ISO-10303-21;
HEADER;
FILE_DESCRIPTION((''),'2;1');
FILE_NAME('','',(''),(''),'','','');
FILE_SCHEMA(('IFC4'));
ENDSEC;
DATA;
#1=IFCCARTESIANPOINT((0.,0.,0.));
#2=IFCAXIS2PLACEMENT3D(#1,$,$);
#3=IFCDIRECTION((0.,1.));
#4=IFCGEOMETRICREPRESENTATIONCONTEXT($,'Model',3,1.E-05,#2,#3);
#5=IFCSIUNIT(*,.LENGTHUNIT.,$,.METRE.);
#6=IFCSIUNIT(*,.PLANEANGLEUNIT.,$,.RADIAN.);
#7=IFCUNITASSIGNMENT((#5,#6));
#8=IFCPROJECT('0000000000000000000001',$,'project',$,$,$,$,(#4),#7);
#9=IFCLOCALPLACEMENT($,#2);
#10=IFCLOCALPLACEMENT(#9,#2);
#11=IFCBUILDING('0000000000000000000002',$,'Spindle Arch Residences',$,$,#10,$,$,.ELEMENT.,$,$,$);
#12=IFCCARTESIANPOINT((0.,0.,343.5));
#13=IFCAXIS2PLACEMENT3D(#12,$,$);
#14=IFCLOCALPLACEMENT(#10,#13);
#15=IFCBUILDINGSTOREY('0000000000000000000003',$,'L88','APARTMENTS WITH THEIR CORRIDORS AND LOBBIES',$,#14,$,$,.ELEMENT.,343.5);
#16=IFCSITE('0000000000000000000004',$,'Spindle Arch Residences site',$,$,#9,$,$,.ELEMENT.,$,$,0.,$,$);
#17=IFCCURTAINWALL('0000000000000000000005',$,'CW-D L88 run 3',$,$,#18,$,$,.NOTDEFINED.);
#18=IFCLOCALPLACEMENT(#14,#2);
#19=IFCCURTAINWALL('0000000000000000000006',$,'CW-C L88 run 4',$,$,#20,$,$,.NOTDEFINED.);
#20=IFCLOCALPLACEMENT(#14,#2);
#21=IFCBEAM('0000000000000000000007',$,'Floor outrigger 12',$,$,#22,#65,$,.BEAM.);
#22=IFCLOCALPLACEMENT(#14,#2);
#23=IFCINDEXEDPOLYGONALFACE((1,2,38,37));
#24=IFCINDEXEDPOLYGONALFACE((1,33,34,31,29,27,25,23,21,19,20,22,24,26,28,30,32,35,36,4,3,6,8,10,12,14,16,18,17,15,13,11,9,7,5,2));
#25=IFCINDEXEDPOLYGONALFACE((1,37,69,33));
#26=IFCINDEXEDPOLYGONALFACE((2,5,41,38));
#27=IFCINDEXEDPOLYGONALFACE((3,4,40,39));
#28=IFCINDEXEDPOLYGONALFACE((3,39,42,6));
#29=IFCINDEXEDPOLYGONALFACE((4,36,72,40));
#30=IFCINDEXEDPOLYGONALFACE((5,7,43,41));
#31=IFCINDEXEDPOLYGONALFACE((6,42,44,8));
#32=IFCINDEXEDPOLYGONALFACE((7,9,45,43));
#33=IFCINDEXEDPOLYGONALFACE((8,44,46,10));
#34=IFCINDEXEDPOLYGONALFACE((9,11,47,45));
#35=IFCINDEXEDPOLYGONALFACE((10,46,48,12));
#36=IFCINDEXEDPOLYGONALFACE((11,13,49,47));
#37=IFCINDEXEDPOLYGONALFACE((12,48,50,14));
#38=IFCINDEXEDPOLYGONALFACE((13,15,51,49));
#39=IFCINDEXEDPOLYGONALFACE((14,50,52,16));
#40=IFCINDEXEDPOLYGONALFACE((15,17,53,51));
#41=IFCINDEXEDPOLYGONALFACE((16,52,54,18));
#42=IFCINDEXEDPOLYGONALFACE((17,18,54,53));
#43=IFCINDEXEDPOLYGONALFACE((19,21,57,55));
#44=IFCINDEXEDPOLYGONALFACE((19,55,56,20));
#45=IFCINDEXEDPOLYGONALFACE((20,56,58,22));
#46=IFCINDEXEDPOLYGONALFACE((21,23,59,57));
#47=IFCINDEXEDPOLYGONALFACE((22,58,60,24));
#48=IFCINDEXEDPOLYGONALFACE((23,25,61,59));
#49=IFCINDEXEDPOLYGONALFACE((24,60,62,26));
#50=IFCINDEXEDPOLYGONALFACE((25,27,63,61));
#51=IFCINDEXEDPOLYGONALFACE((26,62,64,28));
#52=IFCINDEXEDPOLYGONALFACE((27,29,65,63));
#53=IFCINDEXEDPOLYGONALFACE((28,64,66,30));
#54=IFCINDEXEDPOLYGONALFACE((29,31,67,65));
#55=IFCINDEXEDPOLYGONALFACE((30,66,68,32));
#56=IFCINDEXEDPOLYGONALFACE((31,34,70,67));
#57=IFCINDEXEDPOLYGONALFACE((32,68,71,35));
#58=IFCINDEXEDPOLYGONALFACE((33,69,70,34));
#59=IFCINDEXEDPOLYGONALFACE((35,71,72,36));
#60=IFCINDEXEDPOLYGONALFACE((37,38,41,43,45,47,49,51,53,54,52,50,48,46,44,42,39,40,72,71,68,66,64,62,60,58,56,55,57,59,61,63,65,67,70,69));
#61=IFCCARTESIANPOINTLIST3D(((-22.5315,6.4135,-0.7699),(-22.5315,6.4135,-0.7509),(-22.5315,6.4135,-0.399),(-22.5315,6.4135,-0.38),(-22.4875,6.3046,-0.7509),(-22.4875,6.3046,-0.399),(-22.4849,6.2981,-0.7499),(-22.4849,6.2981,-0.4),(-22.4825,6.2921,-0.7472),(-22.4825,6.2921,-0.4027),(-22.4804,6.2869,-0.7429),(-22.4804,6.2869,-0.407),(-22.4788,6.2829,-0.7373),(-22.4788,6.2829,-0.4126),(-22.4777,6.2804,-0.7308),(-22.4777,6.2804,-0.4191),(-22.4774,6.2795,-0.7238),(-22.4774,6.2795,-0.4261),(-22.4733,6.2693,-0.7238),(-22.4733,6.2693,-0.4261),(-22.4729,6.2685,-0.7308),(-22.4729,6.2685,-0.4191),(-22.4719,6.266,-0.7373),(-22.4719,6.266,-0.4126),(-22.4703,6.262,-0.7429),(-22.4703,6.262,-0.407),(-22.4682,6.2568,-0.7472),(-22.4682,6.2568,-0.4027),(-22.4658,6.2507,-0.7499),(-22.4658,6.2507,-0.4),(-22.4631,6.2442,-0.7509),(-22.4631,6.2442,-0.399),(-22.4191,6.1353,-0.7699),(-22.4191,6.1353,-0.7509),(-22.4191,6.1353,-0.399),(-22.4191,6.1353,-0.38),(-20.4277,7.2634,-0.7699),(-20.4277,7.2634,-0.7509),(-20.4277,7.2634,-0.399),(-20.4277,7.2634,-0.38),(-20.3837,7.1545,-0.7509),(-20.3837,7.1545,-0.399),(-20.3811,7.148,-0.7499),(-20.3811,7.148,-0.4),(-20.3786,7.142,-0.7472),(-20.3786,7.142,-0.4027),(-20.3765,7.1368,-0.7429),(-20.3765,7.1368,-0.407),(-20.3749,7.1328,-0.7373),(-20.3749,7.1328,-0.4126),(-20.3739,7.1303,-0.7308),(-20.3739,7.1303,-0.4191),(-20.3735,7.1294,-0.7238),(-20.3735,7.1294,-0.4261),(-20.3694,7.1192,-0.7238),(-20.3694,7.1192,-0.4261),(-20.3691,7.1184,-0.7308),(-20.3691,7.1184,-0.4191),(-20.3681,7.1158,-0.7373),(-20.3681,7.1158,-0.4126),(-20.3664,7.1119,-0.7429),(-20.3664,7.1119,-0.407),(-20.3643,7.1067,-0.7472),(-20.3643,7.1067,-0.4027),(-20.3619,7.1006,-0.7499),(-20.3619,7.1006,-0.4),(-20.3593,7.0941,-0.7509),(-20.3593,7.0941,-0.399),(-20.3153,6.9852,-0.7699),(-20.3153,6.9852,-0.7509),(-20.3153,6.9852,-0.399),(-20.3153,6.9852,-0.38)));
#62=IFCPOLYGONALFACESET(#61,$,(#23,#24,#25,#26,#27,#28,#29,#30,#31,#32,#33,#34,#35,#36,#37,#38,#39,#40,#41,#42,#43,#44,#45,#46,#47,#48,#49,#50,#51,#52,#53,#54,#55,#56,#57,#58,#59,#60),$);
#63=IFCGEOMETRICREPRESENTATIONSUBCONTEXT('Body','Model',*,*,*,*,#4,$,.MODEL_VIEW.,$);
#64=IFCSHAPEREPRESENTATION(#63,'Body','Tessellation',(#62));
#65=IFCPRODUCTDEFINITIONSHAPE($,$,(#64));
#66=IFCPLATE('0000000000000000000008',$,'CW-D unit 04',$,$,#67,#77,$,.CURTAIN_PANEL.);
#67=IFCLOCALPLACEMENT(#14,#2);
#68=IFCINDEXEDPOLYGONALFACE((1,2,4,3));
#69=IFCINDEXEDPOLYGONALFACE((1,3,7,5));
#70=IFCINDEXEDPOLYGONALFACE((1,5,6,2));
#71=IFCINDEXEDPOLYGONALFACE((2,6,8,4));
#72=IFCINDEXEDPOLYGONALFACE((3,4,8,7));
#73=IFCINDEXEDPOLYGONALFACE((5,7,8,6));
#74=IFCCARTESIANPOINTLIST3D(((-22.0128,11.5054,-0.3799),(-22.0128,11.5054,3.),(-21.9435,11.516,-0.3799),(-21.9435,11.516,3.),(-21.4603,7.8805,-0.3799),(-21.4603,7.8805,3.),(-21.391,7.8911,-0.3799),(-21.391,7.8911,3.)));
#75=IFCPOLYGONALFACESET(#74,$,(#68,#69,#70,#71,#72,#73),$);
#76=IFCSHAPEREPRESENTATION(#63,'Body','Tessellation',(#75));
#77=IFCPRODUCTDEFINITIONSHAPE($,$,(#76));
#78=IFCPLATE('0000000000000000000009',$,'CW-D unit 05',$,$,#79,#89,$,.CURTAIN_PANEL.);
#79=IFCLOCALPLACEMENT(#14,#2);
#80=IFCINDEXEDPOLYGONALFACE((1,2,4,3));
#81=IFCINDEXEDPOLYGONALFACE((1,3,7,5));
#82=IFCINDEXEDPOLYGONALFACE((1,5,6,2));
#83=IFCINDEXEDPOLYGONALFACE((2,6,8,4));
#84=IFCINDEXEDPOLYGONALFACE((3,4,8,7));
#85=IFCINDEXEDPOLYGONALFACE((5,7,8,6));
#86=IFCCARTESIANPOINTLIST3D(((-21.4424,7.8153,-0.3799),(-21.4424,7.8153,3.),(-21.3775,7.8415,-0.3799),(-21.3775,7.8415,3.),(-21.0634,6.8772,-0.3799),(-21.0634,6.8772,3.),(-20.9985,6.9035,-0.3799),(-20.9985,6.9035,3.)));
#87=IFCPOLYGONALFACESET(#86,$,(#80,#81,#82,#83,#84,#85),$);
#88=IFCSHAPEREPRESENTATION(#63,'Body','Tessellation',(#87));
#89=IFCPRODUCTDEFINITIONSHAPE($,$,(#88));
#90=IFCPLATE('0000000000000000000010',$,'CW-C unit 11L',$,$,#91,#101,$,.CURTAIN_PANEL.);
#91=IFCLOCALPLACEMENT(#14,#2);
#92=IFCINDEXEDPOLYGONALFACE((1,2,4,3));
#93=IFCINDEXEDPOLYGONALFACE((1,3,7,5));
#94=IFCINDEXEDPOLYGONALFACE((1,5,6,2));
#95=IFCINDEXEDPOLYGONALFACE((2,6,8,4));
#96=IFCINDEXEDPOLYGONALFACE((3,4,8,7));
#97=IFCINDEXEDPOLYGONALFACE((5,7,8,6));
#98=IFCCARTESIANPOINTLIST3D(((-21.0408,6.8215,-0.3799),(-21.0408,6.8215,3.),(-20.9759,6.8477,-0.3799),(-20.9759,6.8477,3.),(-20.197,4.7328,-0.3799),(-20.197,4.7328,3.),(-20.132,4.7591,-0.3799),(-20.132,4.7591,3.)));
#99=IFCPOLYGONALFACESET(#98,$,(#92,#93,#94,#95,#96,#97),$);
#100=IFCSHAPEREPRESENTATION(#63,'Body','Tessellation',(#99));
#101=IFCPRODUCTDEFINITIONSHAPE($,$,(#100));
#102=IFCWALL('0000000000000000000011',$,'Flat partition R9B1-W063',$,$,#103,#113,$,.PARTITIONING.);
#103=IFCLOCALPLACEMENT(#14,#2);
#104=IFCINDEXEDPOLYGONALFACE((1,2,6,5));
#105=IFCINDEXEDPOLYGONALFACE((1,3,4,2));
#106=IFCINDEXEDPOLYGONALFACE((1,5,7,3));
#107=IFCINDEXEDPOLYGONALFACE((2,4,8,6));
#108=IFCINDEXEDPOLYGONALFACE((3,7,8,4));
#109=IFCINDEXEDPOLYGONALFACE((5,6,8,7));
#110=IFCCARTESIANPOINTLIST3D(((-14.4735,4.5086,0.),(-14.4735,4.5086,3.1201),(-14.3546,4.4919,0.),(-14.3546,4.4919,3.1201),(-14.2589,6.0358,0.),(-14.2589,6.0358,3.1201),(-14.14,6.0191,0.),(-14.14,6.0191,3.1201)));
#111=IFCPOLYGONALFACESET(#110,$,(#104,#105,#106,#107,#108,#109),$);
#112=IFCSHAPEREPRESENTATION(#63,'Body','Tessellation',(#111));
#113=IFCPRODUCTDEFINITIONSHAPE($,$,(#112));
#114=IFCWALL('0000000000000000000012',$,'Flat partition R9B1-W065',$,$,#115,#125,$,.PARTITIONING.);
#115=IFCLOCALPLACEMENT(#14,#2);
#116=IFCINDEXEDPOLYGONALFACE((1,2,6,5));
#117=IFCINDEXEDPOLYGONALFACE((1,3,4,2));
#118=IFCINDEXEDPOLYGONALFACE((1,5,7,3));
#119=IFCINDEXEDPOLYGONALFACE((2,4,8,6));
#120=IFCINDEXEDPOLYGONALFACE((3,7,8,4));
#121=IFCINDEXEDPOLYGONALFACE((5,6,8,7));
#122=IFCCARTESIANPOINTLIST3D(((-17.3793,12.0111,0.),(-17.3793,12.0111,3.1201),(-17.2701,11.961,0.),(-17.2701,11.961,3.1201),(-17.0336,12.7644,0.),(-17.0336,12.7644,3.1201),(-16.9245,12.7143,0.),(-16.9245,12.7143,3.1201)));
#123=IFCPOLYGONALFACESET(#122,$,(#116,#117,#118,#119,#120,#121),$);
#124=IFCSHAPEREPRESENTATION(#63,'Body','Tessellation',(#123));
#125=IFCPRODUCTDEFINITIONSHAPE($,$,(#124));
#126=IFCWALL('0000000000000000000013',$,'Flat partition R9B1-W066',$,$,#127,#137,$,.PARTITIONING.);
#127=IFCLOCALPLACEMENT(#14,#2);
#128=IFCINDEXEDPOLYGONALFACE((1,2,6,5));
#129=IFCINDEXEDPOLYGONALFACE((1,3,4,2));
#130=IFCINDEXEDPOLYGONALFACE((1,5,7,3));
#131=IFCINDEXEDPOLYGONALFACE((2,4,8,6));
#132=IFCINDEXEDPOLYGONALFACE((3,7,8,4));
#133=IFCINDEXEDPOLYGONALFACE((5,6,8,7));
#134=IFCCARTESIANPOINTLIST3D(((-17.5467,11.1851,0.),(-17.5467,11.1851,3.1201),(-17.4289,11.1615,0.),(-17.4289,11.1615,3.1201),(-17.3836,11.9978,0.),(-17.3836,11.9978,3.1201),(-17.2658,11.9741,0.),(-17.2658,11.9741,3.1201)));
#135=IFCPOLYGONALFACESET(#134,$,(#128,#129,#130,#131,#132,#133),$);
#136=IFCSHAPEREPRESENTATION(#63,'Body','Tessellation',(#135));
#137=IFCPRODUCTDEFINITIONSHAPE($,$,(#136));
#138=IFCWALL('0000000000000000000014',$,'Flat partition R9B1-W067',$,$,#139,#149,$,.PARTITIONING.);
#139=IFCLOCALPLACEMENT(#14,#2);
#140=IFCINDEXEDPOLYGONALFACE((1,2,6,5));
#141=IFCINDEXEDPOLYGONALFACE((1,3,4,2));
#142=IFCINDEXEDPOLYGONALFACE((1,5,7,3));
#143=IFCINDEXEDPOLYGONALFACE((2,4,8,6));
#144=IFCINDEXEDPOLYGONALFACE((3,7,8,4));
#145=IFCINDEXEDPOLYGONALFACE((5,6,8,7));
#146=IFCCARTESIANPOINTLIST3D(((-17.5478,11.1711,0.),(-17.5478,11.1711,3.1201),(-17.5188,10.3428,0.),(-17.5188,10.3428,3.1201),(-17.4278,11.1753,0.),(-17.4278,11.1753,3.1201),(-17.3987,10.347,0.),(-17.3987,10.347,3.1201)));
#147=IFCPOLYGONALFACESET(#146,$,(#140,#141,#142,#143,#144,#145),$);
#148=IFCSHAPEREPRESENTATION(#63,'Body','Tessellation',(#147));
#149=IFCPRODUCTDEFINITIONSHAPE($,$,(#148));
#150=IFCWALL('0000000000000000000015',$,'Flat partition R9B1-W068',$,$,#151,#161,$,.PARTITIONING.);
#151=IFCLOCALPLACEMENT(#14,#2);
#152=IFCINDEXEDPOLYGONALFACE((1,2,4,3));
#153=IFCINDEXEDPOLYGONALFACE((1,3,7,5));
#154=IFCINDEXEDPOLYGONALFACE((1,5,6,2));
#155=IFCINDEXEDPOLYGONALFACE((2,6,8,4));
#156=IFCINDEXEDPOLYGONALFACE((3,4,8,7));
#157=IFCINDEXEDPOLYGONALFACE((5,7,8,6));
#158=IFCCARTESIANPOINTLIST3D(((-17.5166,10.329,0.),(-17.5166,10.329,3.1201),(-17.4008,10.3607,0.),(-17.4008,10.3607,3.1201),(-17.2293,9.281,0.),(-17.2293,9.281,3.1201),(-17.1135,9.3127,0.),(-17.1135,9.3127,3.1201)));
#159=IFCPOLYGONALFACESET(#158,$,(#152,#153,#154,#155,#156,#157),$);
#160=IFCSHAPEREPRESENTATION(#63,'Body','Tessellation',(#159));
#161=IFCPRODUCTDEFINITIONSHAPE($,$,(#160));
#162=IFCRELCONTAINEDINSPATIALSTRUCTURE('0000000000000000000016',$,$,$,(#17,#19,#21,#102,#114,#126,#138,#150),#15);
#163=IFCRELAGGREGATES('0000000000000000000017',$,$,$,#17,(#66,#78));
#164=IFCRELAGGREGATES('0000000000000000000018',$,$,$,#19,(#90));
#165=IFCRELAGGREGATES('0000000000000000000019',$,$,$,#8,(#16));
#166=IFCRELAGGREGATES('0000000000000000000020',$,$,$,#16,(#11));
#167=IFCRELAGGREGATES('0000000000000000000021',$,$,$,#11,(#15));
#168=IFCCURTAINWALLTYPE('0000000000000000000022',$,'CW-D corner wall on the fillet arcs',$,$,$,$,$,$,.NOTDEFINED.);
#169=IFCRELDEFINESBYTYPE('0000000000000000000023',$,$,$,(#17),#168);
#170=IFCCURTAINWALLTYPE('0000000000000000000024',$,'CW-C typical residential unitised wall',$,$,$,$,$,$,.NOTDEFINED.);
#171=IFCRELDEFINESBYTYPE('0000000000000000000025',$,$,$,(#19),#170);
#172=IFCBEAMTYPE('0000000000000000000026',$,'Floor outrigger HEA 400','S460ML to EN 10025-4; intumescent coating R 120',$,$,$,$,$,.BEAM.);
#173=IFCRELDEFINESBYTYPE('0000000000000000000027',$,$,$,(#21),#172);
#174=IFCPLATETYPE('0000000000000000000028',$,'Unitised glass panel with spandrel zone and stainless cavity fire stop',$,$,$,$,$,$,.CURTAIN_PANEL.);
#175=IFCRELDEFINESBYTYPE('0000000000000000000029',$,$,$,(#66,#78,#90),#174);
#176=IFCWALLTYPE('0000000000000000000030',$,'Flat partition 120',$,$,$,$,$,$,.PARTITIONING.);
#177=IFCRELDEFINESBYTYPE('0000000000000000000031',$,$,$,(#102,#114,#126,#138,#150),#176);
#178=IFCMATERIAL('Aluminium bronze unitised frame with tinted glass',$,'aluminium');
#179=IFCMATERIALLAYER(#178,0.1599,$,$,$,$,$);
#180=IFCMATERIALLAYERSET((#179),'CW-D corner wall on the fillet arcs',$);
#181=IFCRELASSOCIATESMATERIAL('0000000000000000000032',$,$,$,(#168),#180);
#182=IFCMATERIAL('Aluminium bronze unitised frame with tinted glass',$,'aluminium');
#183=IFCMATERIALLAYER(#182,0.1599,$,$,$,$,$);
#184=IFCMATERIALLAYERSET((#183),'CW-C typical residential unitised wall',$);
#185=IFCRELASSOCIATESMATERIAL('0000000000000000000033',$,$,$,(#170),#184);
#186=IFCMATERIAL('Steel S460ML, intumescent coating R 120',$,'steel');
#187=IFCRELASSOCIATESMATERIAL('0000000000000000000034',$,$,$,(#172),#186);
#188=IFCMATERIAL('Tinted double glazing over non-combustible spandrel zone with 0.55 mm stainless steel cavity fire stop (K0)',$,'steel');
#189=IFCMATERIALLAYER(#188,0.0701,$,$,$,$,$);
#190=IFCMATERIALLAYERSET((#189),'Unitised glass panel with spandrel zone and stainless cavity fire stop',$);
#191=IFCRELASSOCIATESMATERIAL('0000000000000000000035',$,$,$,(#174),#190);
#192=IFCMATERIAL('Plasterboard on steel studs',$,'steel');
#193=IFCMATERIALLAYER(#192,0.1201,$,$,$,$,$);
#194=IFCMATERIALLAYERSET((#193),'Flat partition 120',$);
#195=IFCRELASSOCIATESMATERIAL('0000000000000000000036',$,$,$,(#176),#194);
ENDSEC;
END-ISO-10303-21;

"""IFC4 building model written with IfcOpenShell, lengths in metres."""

from ifc_helpers import new_model, si_unit, direction, frame, frame_2d, origin, origin_2d, place, context, subcontext, project, spatial, rectangle, i_section, extrude, material, layer, layer_set, material_profile, profile_set, type_object, element, aggregate, save


model = new_model("IFC4")

# Units and contexts
model_context = context("Model", 3, precision=1e-05, world=origin(), true_north=direction((0.0, 1.0)))
body_context = subcontext(model_context, "Body", "Model", "MODEL_VIEW")
ifc_project = project(units=[si_unit("LENGTHUNIT", "METRE"), si_unit("PLANEANGLEUNIT", "RADIAN")], contexts=[model_context])

# Site, building, storey
site_placement = place(None, origin())
site = spatial("IfcSite", under=ifc_project, at=site_placement, Name="Spindle Arch Residences site", CompositionType="ELEMENT", RefElevation=0.0)
building_placement = place(site_placement, origin())
building = spatial("IfcBuilding", under=site, at=building_placement, Name="Spindle Arch Residences", CompositionType="ELEMENT")
storey_placement = place(building_placement, frame((0.0, 0.0, 343.5)))
storey = spatial("IfcBuildingStorey", under=building, at=storey_placement, Name="L88", Description="APARTMENTS WITH THEIR CORRIDORS AND LOBBIES", CompositionType="ELEMENT", Elevation=343.5)

# Curtain wall
ifc_material_1 = material(Name="Aluminium bronze unitised frame with tinted glass", Category="aluminium")
ifc_layer_1 = layer(ifc_material_1, 0.1599)
ifc_layer_set_1 = layer_set([ifc_layer_1], Name="CW-D corner wall on the fillet arcs")
curtain_wall_type_1 = type_object("IfcCurtainWallType", Name="CW-D corner wall on the fillet arcs", PredefinedType="NOTDEFINED", material=ifc_layer_set_1)
curtain_wall_1_placement = place(storey_placement, origin())
curtain_wall_1 = element("IfcCurtainWall", 1, at=curtain_wall_1_placement, inside=storey, type_object=curtain_wall_type_1, Name="CW-D L88 run 3", PredefinedType="NOTDEFINED")

# Curtain wall
ifc_material_2 = material(Name="Aluminium bronze unitised frame with tinted glass", Category="aluminium")
ifc_layer_2 = layer(ifc_material_2, 0.1599)
ifc_layer_set_2 = layer_set([ifc_layer_2], Name="CW-C typical residential unitised wall")
curtain_wall_type_2 = type_object("IfcCurtainWallType", Name="CW-C typical residential unitised wall", PredefinedType="NOTDEFINED", material=ifc_layer_set_2)
curtain_wall_2_placement = place(storey_placement, origin())
curtain_wall_2 = element("IfcCurtainWall", 2, at=curtain_wall_2_placement, inside=storey, type_object=curtain_wall_type_2, Name="CW-C L88 run 4", PredefinedType="NOTDEFINED")

# Beam
ifc_material_3 = material(Name="Steel S460ML, intumescent coating R 120", Category="steel")
ifc_material_profile_1 = material_profile(ifc_material_3, i_section(OverallWidth=0.3, OverallDepth=0.3899, WebThickness=0.011, FlangeThickness=0.019, FilletRadius=0.0271, at=origin_2d()), Name="HEA 400")
ifc_profile_set_1 = profile_set([ifc_material_profile_1], Name="Steel S460ML, intumescent coating R 120")
beam_type_1 = type_object("IfcBeamType", Name="Floor outrigger HEA 400", Description="S460ML to EN 10025-4; intumescent coating R 120", PredefinedType="BEAM", material=ifc_profile_set_1)
beam_1_placement = place(storey_placement, frame((-22.4753, 6.2744, -0.575), z_axis=(0.927202, 0.374561, 0.0), x_axis=(-0.374561, 0.927202, 0.0)))
element("IfcBeam", 3, at=beam_1_placement, inside=storey, type_object=beam_type_1, Name="Floor outrigger 12", PredefinedType="BEAM", context=body_context, shape_type="SweptSolid", body=[
    extrude(i_section(OverallWidth=0.3, OverallDepth=0.3899, WebThickness=0.011, FlangeThickness=0.019, FilletRadius=0.0271, at=origin_2d()), origin(), (0.0, 0.0, 1.0), 2.269),
])

# Plates
ifc_material_4 = material(Name="Tinted double glazing over non-combustible spandrel zone with 0.55 mm stainless steel cavity fire stop (K0)", Category="steel")
ifc_layer_3 = layer(ifc_material_4, 0.0701)
ifc_layer_set_3 = layer_set([ifc_layer_3], Name="Unitised glass panel with spandrel zone and stainless cavity fire stop")
plate_type = type_object("IfcPlateType", Name="Unitised glass panel with spandrel zone and stainless cavity fire stop", PredefinedType="CURTAIN_PANEL", material=ifc_layer_set_3)
plate_1_placement = place(storey_placement, frame((-21.7019, 9.6982, -0.3799), z_axis=(0.0, 0.0, 1.0), x_axis=(0.150686, -0.988582, 0.0)))
plate_1 = element("IfcPlate", 4, at=plate_1_placement, type_object=plate_type, Name="CW-D unit 04", PredefinedType="CURTAIN_PANEL", context=body_context, shape_type="SweptSolid", body=[
    extrude(rectangle(XDim=3.6667, YDim=0.0701, at=origin_2d()), origin(), (0.0, 0.0, 1.0), 3.3799),
])
plate_2_placement = place(storey_placement, frame((-21.2205, 7.3594, -0.3799), z_axis=(0.0, 0.0, 1.0), x_axis=(0.374607, -0.927184, 0.0)))
plate_2 = element("IfcPlate", 5, at=plate_2_placement, type_object=plate_type, Name="CW-D unit 05", PredefinedType="CURTAIN_PANEL", context=body_context, shape_type="SweptSolid", body=[
    extrude(rectangle(XDim=1.0117, YDim=0.0701, at=origin_2d()), origin(), (0.0, 0.0, 1.0), 3.3799),
])
aggregate(curtain_wall_1, [plate_1, plate_2])
plate_3_placement = place(storey_placement, frame((-20.5864, 5.7903, -0.3799), z_axis=(0.0, 0.0, 1.0), x_axis=(0.374607, -0.927184, 0.0)))
plate_3 = element("IfcPlate", 6, at=plate_3_placement, type_object=plate_type, Name="CW-C unit 11L", PredefinedType="CURTAIN_PANEL", context=body_context, shape_type="SweptSolid", body=[
    extrude(rectangle(XDim=2.2527, YDim=0.0701, at=origin_2d()), origin(), (0.0, 0.0, 1.0), 3.3799),
])
aggregate(curtain_wall_2, [plate_3])

# Walls
ifc_material_5 = material(Name="Plasterboard on steel studs", Category="steel")
ifc_layer_4 = layer(ifc_material_5, 0.1201)
ifc_layer_set_4 = layer_set([ifc_layer_4], Name="Flat partition 120")
wall_type = type_object("IfcWallType", Name="Flat partition 120", PredefinedType="PARTITIONING", material=ifc_layer_set_4)
wall_1_placement = place(storey_placement, frame((-14.1995, 6.0273, 0.0), z_axis=(0.0, 0.0, 1.0), x_axis=(-0.139138, -0.990273, 0.0)))
element("IfcWall", 7, at=wall_1_placement, inside=storey, type_object=wall_type, Name="Flat partition R9B1-W063", PredefinedType="PARTITIONING", context=body_context, shape_type="SweptSolid", body=[
    extrude(rectangle(XDim=1.5422, YDim=0.1201, at=frame_2d((0.771, 0.0))), origin(), (0.0, 0.0, 1.0), 3.1201),
])
for number, where, z_axis, x_axis, name in (
    (8, (-16.979, 12.7395, 0.0), (0.0, 0.0, 1.0), (-0.41704, -0.908888, 0.0), "Flat partition R9B1-W065"),
    (9, (-17.3247, 11.9861, 0.0), (0.0, 0.0, 1.0), (-0.196739, -0.980456, 0.0), "Flat partition R9B1-W066"),
    (10, (-17.4878, 11.1733, 0.0), (0.0, 0.0, 1.0), (0.035051, -0.999386, 0.0), "Flat partition R9B1-W067"),
):
    element("IfcWall", number, at=place(storey_placement, frame(where, z_axis=z_axis, x_axis=x_axis)), inside=storey, type_object=wall_type, Name=name, PredefinedType="PARTITIONING", context=body_context, shape_type="SweptSolid", body=[
        extrude(rectangle(XDim=0.8289, YDim=0.1201, at=frame_2d((0.4146, 0.0))), origin(), (0.0, 0.0, 1.0), 3.1201),
    ])
wall_2_placement = place(storey_placement, frame((-17.4587, 10.345, 0.0), z_axis=(0.0, 0.0, 1.0), x_axis=(0.26441, -0.96441, 0.0)))
element("IfcWall", 11, at=wall_2_placement, inside=storey, type_object=wall_type, Name="Flat partition R9B1-W068", PredefinedType="PARTITIONING", context=body_context, shape_type="SweptSolid", body=[
    extrude(rectangle(XDim=1.0867, YDim=0.1201, at=frame_2d((0.5435, 0.0))), origin(), (0.0, 0.0, 1.0), 3.1201),
])

save(model, "model.ifc")
